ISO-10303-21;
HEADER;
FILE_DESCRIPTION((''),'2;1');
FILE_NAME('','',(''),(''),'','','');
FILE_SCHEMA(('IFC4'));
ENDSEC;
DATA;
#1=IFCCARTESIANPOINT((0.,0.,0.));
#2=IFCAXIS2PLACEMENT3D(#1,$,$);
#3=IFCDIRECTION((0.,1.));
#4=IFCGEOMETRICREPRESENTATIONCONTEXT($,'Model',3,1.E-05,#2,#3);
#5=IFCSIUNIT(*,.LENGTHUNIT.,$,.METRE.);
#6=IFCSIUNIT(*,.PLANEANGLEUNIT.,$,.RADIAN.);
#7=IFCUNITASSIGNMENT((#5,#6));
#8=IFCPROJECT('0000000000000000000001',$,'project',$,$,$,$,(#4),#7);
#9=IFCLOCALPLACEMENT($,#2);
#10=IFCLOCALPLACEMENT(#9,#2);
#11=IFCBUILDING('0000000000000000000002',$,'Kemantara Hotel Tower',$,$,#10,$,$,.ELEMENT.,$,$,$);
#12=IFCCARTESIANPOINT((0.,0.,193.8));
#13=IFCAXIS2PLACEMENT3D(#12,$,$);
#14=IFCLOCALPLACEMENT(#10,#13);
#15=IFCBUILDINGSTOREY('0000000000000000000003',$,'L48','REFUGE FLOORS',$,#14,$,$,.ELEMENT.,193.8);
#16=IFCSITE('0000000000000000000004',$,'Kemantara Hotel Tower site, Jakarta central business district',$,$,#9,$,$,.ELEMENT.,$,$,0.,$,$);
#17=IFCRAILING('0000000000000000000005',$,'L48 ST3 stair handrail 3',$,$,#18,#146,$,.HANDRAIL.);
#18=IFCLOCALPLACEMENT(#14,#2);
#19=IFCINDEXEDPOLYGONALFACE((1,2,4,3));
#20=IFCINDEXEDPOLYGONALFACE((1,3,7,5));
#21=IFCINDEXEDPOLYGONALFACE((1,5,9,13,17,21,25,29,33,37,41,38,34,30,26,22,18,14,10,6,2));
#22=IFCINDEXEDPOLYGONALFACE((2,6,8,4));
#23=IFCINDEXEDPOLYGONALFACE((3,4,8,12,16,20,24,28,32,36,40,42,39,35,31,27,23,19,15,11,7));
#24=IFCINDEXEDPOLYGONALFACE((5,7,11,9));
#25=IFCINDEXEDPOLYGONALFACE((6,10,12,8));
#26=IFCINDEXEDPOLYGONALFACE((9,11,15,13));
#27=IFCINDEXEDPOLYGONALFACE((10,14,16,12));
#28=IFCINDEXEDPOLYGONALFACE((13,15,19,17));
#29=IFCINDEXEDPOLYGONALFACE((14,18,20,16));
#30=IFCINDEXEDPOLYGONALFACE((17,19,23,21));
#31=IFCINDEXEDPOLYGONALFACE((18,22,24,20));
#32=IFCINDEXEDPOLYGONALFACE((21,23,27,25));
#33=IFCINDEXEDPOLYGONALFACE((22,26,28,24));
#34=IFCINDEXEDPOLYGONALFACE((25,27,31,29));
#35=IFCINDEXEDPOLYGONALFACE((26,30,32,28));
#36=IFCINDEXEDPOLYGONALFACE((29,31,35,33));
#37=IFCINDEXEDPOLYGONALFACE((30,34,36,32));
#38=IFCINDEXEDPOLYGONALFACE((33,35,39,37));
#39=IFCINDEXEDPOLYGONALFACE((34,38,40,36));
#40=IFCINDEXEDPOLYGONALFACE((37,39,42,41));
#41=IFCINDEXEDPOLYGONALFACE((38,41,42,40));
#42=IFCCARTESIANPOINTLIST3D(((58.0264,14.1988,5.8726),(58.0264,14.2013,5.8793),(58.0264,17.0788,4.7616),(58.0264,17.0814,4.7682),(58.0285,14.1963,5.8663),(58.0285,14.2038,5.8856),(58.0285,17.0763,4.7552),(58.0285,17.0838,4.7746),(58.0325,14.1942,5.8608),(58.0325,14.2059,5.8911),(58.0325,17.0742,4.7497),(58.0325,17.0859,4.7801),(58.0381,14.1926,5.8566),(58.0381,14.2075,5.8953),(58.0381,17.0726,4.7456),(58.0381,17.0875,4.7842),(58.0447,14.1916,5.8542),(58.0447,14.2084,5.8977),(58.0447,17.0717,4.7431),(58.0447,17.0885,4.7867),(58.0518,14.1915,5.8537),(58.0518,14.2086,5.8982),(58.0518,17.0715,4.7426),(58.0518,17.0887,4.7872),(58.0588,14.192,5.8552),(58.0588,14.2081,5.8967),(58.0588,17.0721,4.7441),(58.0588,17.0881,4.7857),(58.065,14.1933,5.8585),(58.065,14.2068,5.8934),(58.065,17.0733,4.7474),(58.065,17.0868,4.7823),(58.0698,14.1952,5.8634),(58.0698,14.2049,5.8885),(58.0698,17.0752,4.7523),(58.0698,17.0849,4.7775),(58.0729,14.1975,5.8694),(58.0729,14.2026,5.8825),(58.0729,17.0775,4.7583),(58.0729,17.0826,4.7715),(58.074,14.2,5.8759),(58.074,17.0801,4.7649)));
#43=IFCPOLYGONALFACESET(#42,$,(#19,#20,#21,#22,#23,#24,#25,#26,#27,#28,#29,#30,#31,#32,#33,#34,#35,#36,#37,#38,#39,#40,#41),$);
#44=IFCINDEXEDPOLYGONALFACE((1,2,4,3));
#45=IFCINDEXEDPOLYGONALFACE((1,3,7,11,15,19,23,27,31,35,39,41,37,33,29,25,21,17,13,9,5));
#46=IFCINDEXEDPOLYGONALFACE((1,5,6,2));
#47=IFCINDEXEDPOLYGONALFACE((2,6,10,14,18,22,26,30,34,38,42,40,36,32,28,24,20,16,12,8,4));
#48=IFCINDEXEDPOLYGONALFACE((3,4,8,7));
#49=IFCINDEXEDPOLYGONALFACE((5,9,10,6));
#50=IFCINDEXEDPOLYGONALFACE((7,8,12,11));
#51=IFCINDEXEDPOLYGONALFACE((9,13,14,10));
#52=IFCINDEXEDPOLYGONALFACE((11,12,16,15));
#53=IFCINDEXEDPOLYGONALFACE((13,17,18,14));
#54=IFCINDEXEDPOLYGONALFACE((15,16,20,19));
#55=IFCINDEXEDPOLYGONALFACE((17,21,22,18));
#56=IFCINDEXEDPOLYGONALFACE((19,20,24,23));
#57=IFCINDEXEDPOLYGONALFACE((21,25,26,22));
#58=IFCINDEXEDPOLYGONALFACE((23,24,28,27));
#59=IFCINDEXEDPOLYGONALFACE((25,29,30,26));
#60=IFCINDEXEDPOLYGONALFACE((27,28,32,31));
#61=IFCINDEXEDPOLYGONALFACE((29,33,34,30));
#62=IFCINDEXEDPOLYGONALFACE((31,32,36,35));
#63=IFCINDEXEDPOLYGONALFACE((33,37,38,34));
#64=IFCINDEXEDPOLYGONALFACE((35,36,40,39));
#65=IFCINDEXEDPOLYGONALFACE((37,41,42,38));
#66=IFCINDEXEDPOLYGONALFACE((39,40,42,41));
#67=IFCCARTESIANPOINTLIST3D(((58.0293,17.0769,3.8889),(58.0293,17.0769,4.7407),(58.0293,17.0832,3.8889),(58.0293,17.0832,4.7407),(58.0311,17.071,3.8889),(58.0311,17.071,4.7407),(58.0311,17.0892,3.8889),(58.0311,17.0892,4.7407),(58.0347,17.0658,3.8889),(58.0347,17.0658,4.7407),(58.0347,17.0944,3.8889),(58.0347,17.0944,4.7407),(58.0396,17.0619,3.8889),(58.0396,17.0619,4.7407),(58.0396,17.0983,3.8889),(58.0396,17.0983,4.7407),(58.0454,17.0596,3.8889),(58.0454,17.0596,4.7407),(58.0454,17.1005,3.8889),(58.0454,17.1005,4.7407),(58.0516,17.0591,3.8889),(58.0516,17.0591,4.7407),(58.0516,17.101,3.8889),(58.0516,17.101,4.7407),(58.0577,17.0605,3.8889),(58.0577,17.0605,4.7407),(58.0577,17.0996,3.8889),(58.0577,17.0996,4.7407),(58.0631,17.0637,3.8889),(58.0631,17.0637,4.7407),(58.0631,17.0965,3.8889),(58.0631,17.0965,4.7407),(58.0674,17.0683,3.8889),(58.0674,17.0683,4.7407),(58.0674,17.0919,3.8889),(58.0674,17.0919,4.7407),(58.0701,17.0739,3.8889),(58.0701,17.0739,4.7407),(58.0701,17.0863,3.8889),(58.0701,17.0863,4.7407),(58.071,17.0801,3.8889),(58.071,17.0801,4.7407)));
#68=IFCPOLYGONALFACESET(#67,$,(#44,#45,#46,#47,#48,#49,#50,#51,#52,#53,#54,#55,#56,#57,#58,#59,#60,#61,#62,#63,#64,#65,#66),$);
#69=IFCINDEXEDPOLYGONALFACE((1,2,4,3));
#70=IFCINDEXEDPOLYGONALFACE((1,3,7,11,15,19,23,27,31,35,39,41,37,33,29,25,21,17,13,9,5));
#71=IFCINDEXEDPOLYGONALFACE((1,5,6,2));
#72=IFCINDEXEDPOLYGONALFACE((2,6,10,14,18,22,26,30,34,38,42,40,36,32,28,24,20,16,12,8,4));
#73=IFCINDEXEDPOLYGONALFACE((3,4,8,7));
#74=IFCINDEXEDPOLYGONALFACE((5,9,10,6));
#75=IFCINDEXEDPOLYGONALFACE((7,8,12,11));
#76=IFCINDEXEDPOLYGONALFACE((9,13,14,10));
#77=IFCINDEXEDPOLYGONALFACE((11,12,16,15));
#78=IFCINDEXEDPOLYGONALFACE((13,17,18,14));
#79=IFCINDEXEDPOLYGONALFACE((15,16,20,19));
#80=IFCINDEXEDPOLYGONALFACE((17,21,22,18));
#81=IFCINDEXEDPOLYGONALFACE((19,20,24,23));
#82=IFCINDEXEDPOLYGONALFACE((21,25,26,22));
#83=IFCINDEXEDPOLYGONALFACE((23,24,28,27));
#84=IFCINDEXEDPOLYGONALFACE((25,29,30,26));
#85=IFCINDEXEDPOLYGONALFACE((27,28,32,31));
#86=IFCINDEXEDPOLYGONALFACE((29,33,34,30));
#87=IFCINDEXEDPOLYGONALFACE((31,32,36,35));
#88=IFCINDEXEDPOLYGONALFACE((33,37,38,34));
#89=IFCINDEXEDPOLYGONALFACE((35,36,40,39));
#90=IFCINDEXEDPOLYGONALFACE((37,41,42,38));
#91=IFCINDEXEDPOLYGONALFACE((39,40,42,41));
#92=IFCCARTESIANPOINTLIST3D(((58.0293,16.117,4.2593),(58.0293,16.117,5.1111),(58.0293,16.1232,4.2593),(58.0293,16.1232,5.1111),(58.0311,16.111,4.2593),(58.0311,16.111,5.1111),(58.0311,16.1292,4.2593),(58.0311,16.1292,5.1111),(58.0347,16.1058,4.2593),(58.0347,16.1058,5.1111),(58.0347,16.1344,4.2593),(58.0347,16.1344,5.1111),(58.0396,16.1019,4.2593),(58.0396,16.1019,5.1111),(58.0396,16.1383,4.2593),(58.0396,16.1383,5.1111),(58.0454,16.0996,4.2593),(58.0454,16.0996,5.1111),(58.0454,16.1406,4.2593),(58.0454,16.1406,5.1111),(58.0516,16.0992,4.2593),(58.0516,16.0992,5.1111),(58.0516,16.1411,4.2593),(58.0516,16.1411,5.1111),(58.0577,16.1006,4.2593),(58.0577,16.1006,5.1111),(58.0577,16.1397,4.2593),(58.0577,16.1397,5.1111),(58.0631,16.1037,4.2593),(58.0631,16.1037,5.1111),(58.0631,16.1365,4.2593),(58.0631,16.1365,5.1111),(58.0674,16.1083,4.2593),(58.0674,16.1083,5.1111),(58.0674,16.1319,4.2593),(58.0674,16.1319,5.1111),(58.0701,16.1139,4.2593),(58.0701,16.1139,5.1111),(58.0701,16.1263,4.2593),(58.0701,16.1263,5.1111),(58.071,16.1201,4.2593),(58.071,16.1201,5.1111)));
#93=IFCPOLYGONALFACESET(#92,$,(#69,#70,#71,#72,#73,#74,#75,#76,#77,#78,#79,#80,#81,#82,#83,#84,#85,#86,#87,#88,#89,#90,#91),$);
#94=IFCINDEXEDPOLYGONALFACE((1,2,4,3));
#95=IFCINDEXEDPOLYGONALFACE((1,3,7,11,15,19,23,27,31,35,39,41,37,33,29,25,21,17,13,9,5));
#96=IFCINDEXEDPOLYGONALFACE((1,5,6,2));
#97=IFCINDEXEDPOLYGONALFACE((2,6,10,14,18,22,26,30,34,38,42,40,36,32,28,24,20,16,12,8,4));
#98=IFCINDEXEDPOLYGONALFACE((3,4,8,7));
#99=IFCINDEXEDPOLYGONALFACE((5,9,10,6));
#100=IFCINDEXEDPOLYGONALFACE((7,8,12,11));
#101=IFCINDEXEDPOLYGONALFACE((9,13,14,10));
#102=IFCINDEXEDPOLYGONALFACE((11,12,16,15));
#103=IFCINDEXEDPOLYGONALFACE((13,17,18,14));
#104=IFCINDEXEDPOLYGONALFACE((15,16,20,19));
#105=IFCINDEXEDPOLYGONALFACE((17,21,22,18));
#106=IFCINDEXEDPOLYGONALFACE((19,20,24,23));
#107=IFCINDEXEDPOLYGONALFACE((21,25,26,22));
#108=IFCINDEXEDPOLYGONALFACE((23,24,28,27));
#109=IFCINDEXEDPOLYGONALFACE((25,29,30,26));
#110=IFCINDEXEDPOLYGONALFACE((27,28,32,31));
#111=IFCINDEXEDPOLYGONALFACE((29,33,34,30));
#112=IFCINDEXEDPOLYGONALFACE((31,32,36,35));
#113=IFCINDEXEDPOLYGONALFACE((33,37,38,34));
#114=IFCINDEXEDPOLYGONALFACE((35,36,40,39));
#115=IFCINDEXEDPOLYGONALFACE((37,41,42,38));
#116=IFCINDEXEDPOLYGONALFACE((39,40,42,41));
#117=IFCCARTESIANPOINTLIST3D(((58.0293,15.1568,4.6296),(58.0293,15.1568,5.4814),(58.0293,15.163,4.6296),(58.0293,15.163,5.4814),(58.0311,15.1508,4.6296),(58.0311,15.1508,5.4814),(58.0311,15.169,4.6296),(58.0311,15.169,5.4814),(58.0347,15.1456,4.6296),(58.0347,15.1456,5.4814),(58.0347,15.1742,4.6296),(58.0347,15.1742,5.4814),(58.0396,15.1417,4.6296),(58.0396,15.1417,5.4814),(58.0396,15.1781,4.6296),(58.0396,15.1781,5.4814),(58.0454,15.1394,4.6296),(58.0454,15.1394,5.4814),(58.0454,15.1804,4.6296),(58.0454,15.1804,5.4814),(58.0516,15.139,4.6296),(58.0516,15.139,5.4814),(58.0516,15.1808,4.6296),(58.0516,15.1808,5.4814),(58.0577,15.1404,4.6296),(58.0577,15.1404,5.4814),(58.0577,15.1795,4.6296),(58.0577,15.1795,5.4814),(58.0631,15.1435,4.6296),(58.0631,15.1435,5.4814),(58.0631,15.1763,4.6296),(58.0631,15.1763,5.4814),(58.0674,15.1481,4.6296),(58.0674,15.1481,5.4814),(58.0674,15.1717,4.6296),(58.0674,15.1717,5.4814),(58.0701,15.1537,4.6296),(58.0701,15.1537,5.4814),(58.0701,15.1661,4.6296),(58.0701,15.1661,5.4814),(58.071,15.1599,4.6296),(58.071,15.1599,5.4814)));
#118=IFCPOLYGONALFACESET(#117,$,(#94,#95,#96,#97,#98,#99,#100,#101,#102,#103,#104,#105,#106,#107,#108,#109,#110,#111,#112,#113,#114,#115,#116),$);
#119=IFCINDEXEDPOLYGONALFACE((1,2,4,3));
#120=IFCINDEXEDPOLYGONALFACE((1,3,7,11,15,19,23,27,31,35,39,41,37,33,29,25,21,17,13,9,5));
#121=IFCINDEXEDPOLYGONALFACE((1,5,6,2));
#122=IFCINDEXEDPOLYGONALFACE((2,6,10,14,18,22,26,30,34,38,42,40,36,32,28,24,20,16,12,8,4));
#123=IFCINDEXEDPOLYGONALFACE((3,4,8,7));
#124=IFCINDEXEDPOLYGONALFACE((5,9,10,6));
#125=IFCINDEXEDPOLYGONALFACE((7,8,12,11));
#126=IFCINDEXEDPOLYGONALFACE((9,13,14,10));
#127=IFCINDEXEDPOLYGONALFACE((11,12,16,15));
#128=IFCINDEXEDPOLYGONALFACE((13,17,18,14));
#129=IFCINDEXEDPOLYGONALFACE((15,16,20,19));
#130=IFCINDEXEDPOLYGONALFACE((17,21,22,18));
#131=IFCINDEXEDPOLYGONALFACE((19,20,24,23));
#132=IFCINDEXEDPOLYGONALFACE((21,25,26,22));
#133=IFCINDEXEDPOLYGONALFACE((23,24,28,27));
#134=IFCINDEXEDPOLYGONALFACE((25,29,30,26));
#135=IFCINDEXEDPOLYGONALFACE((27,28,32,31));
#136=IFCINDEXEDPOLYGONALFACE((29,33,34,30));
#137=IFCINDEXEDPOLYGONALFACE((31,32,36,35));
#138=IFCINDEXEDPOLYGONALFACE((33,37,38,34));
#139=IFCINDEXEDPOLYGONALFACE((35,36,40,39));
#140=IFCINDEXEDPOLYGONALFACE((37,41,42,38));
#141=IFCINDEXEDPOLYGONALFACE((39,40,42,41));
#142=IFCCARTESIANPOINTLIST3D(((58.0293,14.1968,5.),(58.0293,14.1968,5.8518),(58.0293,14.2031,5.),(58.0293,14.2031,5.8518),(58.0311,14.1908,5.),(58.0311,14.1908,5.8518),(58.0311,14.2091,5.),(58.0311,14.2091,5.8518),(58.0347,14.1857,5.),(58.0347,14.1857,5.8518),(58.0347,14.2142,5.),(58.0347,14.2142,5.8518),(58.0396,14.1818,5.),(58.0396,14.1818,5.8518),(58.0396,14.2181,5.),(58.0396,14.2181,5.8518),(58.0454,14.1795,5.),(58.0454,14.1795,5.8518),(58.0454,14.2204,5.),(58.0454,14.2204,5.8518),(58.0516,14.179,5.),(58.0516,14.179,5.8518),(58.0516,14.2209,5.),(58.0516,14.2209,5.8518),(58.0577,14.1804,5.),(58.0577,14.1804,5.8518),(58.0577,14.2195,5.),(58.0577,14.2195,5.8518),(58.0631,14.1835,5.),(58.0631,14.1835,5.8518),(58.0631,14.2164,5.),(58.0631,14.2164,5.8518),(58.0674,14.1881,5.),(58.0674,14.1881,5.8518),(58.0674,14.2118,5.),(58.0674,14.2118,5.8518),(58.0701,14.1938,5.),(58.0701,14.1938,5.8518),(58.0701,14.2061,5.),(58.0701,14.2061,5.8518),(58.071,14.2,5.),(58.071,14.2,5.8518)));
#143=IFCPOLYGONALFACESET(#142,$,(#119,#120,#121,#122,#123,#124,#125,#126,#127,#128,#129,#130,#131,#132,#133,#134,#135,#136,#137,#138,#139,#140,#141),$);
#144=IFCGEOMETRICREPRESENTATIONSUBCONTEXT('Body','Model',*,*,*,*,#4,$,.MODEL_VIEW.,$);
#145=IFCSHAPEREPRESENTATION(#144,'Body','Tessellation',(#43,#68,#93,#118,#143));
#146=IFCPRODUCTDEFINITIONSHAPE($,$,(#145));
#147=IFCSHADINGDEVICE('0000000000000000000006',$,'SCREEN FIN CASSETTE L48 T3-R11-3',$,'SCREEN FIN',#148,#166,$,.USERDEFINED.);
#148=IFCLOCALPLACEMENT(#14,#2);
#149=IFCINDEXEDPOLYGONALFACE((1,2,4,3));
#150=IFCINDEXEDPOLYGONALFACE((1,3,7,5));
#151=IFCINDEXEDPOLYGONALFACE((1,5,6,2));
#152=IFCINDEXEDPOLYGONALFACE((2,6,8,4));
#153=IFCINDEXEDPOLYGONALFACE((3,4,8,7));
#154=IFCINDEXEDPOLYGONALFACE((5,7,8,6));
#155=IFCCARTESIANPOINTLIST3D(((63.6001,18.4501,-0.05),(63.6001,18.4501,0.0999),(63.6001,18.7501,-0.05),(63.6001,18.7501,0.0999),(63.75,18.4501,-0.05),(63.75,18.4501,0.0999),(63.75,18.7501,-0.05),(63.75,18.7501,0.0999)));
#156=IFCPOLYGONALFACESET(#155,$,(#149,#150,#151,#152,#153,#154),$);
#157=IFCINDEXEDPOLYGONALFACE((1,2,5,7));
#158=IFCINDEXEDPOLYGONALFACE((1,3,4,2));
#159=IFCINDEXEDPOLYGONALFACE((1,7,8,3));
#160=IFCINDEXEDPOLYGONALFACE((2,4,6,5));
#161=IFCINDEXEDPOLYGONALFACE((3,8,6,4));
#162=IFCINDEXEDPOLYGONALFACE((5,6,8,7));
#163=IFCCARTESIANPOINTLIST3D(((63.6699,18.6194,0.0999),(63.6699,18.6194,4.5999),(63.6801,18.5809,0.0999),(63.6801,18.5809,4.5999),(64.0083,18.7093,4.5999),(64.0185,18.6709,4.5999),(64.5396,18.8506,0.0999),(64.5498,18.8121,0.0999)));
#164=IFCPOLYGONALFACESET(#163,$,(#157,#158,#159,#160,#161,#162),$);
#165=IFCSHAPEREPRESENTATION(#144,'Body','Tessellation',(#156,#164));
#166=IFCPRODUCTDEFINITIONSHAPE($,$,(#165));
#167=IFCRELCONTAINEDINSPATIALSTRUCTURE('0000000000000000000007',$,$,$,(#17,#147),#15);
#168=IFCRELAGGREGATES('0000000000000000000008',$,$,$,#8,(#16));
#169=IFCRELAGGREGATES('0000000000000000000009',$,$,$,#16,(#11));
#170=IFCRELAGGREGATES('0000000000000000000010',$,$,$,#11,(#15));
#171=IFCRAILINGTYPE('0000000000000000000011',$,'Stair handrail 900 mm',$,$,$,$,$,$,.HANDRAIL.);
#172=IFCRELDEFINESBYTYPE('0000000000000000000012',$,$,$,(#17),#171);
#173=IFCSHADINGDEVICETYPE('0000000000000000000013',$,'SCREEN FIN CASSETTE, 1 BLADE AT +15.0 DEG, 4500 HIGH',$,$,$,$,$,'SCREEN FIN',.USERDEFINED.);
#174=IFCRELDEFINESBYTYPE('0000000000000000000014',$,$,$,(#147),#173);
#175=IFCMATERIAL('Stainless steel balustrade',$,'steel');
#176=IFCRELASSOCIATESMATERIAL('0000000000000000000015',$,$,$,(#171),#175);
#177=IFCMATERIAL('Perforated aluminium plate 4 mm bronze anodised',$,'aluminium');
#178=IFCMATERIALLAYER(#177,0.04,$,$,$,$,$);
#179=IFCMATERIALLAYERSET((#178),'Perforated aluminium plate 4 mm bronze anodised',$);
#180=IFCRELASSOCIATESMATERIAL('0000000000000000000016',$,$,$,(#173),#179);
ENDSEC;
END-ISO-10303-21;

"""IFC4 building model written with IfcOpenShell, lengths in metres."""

from ifc_helpers import new_model, si_unit, direction, frame, origin, origin_2d, place, context, subcontext, project, spatial, polyline, rectangle, circle, outline, extrude, source, transform, mapped, material, layer, layer_set, type_object, element, save


model = new_model("IFC4")

# Units and contexts
model_context = context("Model", 3, precision=1e-05, world=origin(), true_north=direction((0.0, 1.0)))
body_context = subcontext(model_context, "Body", "Model", "MODEL_VIEW")
ifc_project = project(units=[si_unit("LENGTHUNIT", "METRE"), si_unit("PLANEANGLEUNIT", "RADIAN")], contexts=[model_context])

# Site, building, storey
site_placement = place(None, origin())
site = spatial("IfcSite", under=ifc_project, at=site_placement, Name="Kemantara Hotel Tower site, Jakarta central business district", CompositionType="ELEMENT", RefElevation=0.0)
building_placement = place(site_placement, origin())
building = spatial("IfcBuilding", under=site, at=building_placement, Name="Kemantara Hotel Tower", CompositionType="ELEMENT")
storey_placement = place(building_placement, frame((0.0, 0.0, 193.8)))
storey = spatial("IfcBuildingStorey", under=building, at=storey_placement, Name="L48", Description="REFUGE FLOORS", CompositionType="ELEMENT", Elevation=193.8)

# Railing
ifc_material_1 = material(Name="Stainless steel balustrade", Category="steel")
railing_type = type_object("IfcRailingType", Name="Stair handrail 900 mm", PredefinedType="HANDRAIL", material=ifc_material_1)
railing_1_placement = place(storey_placement, frame((58.05, 17.0801, 3.8889)))
element("IfcRailing", 1, at=railing_1_placement, inside=storey, type_object=railing_type, Name="L48 ST3 stair handrail 3", PredefinedType="HANDRAIL", context=body_context, shape_type="SweptSolid", body=[
    extrude(circle(Radius=0.0239, at=origin_2d()), frame((0.0, 0.0, 0.876), z_axis=(0.0, -0.932982, 0.359922), x_axis=(1.0, 0.0, 0.0)), (0.0, 0.0, 1.0), 3.0869),
    extrude(circle(Radius=0.021, at=origin_2d()), origin(), (0.0, 0.0, 1.0), 0.8518),
    extrude(circle(Radius=0.021, at=origin_2d()), frame((0.0, -0.96, 0.3704)), (0.0, 0.0, 1.0), 0.8518),
    extrude(circle(Radius=0.021, at=origin_2d()), frame((0.0, -1.9202, 0.7407)), (0.0, 0.0, 1.0), 0.8518),
    extrude(circle(Radius=0.021, at=origin_2d()), frame((0.0, -2.8801, 1.1111)), (0.0, 0.0, 1.0), 0.8518),
])

# Shading device
ifc_material_2 = material(Name="Perforated aluminium plate 4 mm bronze anodised", Category="aluminium")
ifc_layer_1 = layer(ifc_material_2, 0.04)
ifc_layer_set_1 = layer_set([ifc_layer_1], Name="Perforated aluminium plate 4 mm bronze anodised")
shading_device_type = type_object("IfcShadingDeviceType", Name="SCREEN FIN CASSETTE, 1 BLADE AT +15.0 DEG, 4500 HIGH", ElementType="SCREEN FIN", PredefinedType="USERDEFINED", material=ifc_layer_set_1)
shared_shape_1 = source(origin(), body_context, "Body", "SweptSolid", [
    extrude(rectangle(XDim=0.3, YDim=0.1499, at=origin_2d()), frame((0.0, -0.075, -0.1499), z_axis=(0.0, 0.0, 1.0), x_axis=(1.0, 0.0, 0.0)), (0.0, 0.0, 1.0), 0.1499),
    extrude(outline(polyline([(0.0, 0.0), (0.8999, 0.0), (0.3501, 4.5), (0.0, 4.5), (0.0, 0.0)])), frame((0.0193, -0.0698, 0.0), z_axis=(-0.966438, -0.256901, 0.0), x_axis=(0.256901, -0.966438, 0.0)), (0.0, 0.0, 1.0), 0.0398),
])
shading_device_placement = place(storey_placement, frame((63.6001, 18.6001, 0.0999), z_axis=(0.0, 0.0, 1.0), x_axis=(0.0, 1.0, 0.0)))
element("IfcShadingDevice", 2, at=shading_device_placement, inside=storey, type_object=shading_device_type, Name="SCREEN FIN CASSETTE L48 T3-R11-3", ObjectType="SCREEN FIN", PredefinedType="USERDEFINED", context=body_context, shape_type="MappedRepresentation", body=[
    mapped(shared_shape_1, transform((0.0, 0.0, 0.0))),
])

save(model, "model.ifc")
